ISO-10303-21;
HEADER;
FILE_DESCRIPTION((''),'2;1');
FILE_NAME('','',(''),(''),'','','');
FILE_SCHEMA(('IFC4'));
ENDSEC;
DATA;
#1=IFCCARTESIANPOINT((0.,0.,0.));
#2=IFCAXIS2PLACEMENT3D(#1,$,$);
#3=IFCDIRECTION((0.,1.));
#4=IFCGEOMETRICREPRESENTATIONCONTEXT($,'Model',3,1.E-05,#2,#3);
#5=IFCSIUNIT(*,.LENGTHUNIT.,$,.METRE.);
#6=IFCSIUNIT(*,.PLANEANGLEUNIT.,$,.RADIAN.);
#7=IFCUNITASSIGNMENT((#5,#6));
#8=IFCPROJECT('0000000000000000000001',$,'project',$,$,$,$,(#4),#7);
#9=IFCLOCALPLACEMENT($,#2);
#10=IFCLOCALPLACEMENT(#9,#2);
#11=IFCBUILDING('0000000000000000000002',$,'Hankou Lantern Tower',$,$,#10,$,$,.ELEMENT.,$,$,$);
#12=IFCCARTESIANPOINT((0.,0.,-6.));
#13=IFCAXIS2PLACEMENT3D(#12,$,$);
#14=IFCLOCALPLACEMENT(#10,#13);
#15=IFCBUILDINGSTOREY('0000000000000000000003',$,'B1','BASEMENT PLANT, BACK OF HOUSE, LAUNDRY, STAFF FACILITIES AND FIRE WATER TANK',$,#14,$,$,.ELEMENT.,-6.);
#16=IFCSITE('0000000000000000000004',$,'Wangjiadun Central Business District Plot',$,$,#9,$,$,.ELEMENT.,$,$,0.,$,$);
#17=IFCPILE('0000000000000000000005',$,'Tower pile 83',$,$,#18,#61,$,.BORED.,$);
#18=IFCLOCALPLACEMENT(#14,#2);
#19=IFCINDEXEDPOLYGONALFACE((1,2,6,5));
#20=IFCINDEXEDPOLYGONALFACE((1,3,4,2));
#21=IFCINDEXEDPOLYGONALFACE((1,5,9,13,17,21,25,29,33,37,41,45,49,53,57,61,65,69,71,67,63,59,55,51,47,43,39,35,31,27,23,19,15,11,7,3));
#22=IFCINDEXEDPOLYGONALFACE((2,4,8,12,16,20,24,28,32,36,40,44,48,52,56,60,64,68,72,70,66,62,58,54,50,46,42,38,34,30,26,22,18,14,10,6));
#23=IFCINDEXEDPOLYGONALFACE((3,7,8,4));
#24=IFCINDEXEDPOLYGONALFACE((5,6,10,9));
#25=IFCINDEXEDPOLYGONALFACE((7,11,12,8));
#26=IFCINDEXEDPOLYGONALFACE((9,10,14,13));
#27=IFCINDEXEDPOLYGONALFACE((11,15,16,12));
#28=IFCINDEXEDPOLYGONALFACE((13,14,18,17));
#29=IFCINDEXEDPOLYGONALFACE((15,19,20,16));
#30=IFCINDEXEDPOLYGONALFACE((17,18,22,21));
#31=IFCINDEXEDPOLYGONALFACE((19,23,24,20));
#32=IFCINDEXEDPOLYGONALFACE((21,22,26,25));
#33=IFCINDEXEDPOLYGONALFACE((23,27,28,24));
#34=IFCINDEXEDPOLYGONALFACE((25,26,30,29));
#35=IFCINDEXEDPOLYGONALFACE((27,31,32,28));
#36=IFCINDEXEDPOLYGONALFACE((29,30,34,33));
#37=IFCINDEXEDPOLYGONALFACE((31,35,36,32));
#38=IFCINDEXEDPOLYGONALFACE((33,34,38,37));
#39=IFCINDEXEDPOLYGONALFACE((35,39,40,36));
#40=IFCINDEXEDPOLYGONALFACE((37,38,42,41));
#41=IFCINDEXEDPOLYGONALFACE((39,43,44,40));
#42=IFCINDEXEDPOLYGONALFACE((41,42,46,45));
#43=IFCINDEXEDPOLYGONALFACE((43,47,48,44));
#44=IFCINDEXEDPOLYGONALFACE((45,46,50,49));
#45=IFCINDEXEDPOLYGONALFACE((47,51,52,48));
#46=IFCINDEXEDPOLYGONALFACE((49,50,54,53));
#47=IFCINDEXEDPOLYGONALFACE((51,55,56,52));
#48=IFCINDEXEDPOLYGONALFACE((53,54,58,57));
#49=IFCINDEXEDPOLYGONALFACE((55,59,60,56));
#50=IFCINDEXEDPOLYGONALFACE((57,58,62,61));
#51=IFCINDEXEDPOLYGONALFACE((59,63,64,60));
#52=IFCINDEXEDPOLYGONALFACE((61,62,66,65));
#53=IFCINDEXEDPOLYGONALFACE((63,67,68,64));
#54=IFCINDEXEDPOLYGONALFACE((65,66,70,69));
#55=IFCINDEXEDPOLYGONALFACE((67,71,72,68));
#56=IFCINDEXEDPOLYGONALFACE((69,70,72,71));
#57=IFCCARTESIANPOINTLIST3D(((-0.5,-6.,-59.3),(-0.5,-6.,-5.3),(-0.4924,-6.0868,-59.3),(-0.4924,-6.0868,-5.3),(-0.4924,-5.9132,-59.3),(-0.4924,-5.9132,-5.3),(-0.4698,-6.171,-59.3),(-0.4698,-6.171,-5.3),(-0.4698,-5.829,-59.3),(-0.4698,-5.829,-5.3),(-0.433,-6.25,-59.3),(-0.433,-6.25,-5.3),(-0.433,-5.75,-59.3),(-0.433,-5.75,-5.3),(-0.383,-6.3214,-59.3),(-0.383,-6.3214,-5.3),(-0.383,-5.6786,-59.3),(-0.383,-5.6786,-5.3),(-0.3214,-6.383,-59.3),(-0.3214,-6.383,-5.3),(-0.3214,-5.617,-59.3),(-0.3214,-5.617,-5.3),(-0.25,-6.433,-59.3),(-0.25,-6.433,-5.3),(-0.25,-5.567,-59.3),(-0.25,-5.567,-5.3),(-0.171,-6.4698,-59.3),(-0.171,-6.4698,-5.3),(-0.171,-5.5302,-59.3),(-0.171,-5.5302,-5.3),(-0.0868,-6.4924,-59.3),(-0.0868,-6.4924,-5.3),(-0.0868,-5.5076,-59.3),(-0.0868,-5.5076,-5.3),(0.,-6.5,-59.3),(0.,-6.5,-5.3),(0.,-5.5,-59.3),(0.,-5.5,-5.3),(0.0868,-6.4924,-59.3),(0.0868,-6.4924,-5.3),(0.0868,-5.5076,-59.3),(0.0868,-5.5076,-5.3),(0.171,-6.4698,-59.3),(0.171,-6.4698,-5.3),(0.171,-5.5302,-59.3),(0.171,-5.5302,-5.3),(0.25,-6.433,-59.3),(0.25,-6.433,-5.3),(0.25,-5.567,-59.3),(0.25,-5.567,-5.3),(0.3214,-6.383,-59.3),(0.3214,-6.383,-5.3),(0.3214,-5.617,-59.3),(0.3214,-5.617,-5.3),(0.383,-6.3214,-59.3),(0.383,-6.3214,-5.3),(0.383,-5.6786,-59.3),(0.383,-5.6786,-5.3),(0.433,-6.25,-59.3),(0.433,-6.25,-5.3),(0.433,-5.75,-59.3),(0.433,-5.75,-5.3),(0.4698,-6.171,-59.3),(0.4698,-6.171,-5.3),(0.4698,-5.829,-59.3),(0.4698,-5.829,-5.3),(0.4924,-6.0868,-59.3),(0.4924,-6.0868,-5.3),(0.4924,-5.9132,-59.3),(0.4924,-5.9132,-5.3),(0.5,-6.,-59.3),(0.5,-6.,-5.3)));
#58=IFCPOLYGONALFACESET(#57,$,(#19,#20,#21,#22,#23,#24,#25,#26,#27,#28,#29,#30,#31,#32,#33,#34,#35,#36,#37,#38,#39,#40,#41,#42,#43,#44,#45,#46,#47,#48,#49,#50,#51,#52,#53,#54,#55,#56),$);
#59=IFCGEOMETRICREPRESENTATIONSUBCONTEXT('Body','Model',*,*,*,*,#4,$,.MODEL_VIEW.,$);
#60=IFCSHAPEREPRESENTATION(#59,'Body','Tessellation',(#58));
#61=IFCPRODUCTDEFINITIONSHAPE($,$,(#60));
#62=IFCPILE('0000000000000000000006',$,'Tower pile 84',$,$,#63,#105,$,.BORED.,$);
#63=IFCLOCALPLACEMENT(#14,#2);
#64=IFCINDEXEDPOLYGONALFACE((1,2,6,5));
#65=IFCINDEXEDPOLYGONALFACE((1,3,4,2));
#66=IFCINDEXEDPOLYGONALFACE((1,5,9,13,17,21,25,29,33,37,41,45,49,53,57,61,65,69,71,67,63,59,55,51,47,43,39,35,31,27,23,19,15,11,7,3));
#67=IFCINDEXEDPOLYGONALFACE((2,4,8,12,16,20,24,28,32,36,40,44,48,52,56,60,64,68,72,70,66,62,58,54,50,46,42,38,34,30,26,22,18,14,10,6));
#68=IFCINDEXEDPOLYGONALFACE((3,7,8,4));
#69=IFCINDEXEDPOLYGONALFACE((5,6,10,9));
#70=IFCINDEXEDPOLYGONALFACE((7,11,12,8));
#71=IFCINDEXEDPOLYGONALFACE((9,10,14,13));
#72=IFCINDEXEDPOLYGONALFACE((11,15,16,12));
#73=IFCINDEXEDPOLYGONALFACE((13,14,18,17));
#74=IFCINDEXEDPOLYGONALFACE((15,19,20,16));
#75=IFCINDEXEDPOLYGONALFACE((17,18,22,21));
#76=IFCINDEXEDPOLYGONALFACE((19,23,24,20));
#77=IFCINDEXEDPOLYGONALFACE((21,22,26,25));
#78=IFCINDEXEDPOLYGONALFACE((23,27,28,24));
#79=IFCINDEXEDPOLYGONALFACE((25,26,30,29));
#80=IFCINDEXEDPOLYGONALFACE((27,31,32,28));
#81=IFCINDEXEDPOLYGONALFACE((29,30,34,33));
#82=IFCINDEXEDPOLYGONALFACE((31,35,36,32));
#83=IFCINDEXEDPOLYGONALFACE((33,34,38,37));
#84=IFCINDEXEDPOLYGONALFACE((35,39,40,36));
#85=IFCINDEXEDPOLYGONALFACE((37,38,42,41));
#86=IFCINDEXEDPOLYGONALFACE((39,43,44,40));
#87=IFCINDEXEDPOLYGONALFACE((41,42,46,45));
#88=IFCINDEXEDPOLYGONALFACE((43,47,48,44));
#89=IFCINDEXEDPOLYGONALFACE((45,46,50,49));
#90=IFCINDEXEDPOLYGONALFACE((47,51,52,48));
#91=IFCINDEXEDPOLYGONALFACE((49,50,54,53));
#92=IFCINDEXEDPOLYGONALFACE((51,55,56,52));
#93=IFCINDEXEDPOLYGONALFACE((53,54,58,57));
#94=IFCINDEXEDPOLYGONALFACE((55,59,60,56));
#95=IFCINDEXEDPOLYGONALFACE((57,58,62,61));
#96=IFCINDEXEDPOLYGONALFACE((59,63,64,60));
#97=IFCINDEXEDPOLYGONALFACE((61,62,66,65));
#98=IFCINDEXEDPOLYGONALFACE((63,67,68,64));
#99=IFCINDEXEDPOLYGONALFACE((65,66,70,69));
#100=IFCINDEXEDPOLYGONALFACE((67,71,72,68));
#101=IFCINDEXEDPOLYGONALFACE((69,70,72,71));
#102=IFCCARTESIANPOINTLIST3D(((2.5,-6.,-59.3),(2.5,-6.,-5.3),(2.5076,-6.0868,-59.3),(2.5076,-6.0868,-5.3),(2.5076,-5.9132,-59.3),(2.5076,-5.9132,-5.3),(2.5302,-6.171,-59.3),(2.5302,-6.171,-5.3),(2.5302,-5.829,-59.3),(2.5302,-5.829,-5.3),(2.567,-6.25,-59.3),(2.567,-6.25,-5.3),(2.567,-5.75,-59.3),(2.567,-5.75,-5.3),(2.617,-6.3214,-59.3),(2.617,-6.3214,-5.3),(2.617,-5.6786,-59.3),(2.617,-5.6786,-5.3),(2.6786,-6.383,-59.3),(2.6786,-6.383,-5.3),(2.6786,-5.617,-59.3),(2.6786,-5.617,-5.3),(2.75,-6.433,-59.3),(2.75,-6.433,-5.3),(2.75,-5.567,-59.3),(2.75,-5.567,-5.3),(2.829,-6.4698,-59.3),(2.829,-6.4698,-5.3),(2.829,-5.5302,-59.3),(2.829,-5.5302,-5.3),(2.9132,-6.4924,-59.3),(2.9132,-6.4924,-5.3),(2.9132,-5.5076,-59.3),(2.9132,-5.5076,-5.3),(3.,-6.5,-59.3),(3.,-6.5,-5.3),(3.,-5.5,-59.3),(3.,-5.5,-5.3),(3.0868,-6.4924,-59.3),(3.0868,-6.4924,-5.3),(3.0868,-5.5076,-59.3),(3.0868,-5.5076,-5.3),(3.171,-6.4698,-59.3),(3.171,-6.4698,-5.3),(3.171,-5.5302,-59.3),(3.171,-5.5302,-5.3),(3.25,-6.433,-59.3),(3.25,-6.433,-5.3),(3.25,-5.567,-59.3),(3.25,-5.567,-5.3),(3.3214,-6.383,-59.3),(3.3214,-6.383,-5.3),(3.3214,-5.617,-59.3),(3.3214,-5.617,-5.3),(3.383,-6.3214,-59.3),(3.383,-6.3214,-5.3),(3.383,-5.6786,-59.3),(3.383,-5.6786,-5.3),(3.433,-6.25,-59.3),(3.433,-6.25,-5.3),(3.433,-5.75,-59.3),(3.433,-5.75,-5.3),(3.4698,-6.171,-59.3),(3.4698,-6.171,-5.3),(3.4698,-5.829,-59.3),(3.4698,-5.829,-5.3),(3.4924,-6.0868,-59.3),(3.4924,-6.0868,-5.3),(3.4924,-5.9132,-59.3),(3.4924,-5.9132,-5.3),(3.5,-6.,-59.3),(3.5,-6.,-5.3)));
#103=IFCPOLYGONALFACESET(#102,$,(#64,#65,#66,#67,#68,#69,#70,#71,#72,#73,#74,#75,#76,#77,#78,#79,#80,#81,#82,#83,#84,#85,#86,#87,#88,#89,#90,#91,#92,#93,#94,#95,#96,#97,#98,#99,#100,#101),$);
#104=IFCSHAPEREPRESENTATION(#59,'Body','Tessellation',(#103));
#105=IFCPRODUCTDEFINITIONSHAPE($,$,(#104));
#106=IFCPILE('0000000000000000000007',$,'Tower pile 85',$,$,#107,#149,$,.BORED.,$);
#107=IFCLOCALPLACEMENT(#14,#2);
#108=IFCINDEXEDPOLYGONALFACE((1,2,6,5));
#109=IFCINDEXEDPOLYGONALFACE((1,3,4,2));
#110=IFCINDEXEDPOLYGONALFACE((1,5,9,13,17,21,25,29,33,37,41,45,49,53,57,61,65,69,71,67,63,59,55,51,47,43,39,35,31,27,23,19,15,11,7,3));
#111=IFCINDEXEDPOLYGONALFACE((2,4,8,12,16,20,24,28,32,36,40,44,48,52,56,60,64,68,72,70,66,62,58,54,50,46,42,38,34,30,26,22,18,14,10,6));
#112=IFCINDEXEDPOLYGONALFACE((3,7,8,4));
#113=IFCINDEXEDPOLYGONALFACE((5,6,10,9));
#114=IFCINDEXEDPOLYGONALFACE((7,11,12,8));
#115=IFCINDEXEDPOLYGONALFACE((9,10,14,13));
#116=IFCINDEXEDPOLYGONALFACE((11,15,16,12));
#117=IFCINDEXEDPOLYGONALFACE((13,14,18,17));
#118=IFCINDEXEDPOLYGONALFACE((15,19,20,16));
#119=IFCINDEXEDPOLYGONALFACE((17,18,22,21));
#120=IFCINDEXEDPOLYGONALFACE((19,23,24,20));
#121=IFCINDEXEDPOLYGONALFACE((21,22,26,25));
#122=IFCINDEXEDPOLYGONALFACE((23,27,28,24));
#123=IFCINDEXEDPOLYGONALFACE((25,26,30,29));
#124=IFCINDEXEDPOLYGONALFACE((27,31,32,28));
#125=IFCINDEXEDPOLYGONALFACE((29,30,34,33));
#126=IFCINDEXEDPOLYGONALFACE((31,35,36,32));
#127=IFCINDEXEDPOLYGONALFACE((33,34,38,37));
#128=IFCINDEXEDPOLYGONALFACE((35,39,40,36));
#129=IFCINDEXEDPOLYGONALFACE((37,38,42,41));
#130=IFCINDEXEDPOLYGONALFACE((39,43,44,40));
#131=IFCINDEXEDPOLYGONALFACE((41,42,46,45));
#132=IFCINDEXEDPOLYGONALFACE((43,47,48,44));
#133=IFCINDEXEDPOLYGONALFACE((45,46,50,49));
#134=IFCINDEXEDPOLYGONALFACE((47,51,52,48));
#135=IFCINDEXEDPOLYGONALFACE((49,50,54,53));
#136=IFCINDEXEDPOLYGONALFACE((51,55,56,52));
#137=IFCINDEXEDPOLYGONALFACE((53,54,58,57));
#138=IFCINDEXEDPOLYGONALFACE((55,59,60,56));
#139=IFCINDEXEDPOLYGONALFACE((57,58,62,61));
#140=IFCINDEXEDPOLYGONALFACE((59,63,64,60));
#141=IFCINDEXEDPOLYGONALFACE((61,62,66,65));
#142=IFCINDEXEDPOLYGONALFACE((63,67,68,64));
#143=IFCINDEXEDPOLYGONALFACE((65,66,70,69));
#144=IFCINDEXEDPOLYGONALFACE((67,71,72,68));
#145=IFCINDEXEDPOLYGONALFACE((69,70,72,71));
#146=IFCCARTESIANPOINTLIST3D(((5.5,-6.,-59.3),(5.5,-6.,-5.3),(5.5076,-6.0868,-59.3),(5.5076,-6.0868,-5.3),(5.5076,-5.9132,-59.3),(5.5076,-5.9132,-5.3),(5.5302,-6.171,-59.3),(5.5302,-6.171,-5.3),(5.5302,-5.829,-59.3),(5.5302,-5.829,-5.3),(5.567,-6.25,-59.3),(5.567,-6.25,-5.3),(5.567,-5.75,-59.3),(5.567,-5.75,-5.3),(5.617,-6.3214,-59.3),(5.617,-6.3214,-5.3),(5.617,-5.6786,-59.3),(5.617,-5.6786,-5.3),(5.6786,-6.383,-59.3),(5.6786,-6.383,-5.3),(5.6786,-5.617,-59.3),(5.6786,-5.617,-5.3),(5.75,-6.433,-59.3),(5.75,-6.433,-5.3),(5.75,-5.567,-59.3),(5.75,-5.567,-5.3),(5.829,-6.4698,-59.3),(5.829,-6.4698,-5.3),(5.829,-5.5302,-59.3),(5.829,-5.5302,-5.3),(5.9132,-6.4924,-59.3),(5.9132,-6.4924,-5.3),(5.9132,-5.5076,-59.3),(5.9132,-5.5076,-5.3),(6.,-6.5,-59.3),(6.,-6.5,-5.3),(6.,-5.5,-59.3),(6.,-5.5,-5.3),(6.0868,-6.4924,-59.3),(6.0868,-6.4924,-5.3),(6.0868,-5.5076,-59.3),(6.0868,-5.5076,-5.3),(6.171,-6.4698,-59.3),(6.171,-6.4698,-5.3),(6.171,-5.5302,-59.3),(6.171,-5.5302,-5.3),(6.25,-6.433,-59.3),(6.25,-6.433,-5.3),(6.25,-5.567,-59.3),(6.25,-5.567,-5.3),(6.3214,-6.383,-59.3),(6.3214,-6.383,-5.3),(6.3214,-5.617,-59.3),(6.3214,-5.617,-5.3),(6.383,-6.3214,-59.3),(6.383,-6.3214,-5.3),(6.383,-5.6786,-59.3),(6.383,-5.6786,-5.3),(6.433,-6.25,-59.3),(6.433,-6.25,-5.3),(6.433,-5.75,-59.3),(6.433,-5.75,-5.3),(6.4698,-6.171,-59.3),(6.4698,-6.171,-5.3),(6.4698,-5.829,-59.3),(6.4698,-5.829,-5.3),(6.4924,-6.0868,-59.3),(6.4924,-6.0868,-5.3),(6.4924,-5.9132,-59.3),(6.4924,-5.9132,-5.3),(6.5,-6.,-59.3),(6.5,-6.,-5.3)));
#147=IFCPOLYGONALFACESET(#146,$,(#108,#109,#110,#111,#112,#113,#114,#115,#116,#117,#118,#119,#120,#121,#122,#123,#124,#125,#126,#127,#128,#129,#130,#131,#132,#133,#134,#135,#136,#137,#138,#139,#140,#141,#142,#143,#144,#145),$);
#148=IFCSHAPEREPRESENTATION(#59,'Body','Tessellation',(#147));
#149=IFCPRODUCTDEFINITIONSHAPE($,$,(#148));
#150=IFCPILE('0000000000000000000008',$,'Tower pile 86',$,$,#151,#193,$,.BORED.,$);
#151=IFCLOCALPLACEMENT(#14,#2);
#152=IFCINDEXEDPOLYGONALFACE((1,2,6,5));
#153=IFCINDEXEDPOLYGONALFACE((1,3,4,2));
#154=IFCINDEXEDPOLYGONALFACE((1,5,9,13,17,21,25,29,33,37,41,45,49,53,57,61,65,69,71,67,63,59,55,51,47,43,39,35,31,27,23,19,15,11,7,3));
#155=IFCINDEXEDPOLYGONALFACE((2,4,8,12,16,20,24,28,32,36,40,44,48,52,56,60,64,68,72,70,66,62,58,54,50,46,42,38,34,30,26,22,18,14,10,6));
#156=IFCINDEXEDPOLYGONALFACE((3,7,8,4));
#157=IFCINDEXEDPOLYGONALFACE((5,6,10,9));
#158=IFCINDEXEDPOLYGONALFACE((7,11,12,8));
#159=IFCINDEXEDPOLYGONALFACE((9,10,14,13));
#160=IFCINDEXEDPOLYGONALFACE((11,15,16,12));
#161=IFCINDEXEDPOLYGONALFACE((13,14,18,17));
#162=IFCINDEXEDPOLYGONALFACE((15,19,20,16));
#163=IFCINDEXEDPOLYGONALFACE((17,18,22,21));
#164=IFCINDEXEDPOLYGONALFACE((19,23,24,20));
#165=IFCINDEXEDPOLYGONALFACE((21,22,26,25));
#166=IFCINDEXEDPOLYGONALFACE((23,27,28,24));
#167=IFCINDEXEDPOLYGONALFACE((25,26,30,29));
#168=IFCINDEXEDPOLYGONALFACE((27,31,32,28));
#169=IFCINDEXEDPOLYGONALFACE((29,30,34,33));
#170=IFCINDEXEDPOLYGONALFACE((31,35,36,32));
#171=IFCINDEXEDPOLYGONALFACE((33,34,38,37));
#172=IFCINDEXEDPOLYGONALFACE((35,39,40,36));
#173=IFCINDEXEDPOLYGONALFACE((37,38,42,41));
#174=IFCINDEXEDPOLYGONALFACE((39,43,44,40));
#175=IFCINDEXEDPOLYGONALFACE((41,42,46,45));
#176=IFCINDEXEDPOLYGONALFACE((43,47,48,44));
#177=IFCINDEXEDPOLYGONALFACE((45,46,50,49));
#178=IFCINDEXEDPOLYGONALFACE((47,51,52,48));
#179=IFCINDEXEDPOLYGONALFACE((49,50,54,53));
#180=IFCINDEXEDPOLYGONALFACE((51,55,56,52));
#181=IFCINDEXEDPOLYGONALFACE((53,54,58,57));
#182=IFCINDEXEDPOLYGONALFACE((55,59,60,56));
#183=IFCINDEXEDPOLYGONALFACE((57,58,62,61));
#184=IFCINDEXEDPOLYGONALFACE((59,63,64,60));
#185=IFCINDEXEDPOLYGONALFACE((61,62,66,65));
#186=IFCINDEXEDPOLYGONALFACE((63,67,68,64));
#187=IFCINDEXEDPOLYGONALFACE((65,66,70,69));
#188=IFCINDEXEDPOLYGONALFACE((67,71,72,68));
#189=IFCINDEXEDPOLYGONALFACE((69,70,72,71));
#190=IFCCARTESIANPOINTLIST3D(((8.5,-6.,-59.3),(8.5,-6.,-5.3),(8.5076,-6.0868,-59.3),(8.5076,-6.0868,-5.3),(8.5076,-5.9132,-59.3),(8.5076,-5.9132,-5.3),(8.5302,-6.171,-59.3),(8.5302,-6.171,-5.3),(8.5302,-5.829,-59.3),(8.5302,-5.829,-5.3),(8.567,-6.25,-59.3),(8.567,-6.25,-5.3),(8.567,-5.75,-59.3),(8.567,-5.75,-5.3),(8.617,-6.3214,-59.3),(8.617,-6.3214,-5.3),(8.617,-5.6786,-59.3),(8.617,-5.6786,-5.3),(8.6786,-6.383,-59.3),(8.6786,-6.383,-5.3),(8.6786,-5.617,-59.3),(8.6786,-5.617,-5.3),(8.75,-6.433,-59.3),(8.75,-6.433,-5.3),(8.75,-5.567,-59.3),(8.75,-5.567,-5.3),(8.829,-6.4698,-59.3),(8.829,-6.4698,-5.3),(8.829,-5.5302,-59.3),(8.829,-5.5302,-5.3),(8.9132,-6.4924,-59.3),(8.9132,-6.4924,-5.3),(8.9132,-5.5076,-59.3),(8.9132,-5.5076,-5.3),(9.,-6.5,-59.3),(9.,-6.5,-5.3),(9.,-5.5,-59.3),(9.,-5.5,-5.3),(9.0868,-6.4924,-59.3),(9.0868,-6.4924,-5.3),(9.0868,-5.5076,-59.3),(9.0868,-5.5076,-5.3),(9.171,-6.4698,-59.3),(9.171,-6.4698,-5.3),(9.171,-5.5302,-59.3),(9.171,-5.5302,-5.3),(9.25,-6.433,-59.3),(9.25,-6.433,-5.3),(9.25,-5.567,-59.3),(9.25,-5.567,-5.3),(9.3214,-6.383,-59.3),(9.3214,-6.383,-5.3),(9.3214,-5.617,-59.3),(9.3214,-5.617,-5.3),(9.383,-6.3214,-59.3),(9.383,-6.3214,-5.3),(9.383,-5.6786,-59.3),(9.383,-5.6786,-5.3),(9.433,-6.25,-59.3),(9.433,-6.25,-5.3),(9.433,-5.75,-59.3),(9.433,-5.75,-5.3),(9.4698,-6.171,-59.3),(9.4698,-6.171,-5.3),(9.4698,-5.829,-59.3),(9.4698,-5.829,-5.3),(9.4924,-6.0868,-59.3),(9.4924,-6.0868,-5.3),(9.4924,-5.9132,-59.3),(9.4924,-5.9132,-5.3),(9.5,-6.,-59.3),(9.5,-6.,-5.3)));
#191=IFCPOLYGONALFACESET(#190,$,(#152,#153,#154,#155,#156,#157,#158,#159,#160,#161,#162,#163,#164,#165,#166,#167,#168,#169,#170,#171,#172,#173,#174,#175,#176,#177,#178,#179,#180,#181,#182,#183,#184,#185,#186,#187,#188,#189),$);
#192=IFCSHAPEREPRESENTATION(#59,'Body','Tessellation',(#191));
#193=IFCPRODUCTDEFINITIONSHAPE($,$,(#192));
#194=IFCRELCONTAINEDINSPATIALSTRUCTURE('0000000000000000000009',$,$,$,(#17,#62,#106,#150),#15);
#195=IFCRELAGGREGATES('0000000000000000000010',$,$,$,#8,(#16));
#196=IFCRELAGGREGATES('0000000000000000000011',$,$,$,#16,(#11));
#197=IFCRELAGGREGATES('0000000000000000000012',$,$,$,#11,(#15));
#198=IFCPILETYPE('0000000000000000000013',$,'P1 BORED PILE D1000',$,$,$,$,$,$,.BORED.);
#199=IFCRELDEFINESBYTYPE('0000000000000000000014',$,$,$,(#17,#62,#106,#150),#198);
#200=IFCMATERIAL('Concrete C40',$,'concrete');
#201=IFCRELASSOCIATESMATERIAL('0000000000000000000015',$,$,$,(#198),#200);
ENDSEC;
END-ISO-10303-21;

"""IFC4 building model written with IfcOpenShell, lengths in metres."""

from ifc_helpers import new_model, si_unit, direction, frame, origin, origin_2d, place, context, subcontext, project, spatial, circle, extrude, material, material_profile, profile_set, type_object, element, save


model = new_model("IFC4")

# Units and contexts
model_context = context("Model", 3, precision=1e-05, world=origin(), true_north=direction((0.0, 1.0)))
body_context = subcontext(model_context, "Body", "Model", "MODEL_VIEW")
ifc_project = project(units=[si_unit("LENGTHUNIT", "METRE"), si_unit("PLANEANGLEUNIT", "RADIAN")], contexts=[model_context])

# Site, building, storey
site_placement = place(None, origin())
site = spatial("IfcSite", under=ifc_project, at=site_placement, Name="Wangjiadun Central Business District Plot", CompositionType="ELEMENT", RefElevation=0.0)
building_placement = place(site_placement, origin())
building = spatial("IfcBuilding", under=site, at=building_placement, Name="Hankou Lantern Tower", CompositionType="ELEMENT")
storey_placement = place(building_placement, frame((0.0, 0.0, -6.0)))
storey = spatial("IfcBuildingStorey", under=building, at=storey_placement, Name="B1", Description="BASEMENT PLANT, BACK OF HOUSE, LAUNDRY, STAFF FACILITIES AND FIRE WATER TANK", CompositionType="ELEMENT", Elevation=-6.0)

# Piles
ifc_material_1 = material(Name="Concrete C40", Category="concrete")
ifc_material_profile_1 = material_profile(ifc_material_1, circle(Radius=0.5, at=origin_2d()), Name="RC D1000")
ifc_profile_set_1 = profile_set([ifc_material_profile_1], Name="Concrete C40")
pile_type = type_object("IfcPileType", Name="P1 BORED PILE D1000", PredefinedType="BORED", material=ifc_profile_set_1)
for number, where, z_axis, x_axis, name in (
    (1, (0.0, -6.0, -5.3), (0.0, 0.0, -1.0), (1.0, 0.0, 0.0), "Tower pile 83"),
    (2, (3.0, -6.0, -5.3), (0.0, 0.0, -1.0), (1.0, 0.0, 0.0), "Tower pile 84"),
    (3, (6.0, -6.0, -5.3), (0.0, 0.0, -1.0), (1.0, 0.0, 0.0), "Tower pile 85"),
    (4, (9.0, -6.0, -5.3), (0.0, 0.0, -1.0), (1.0, 0.0, 0.0), "Tower pile 86"),
):
    element("IfcPile", number, at=place(storey_placement, frame(where, z_axis=z_axis, x_axis=x_axis)), inside=storey, type_object=pile_type, Name=name, PredefinedType="BORED", context=body_context, shape_type="SweptSolid", body=[
        extrude(circle(Radius=0.5, at=origin_2d()), origin(), (0.0, 0.0, 1.0), 54.0),
    ])

save(model, "model.ifc")
